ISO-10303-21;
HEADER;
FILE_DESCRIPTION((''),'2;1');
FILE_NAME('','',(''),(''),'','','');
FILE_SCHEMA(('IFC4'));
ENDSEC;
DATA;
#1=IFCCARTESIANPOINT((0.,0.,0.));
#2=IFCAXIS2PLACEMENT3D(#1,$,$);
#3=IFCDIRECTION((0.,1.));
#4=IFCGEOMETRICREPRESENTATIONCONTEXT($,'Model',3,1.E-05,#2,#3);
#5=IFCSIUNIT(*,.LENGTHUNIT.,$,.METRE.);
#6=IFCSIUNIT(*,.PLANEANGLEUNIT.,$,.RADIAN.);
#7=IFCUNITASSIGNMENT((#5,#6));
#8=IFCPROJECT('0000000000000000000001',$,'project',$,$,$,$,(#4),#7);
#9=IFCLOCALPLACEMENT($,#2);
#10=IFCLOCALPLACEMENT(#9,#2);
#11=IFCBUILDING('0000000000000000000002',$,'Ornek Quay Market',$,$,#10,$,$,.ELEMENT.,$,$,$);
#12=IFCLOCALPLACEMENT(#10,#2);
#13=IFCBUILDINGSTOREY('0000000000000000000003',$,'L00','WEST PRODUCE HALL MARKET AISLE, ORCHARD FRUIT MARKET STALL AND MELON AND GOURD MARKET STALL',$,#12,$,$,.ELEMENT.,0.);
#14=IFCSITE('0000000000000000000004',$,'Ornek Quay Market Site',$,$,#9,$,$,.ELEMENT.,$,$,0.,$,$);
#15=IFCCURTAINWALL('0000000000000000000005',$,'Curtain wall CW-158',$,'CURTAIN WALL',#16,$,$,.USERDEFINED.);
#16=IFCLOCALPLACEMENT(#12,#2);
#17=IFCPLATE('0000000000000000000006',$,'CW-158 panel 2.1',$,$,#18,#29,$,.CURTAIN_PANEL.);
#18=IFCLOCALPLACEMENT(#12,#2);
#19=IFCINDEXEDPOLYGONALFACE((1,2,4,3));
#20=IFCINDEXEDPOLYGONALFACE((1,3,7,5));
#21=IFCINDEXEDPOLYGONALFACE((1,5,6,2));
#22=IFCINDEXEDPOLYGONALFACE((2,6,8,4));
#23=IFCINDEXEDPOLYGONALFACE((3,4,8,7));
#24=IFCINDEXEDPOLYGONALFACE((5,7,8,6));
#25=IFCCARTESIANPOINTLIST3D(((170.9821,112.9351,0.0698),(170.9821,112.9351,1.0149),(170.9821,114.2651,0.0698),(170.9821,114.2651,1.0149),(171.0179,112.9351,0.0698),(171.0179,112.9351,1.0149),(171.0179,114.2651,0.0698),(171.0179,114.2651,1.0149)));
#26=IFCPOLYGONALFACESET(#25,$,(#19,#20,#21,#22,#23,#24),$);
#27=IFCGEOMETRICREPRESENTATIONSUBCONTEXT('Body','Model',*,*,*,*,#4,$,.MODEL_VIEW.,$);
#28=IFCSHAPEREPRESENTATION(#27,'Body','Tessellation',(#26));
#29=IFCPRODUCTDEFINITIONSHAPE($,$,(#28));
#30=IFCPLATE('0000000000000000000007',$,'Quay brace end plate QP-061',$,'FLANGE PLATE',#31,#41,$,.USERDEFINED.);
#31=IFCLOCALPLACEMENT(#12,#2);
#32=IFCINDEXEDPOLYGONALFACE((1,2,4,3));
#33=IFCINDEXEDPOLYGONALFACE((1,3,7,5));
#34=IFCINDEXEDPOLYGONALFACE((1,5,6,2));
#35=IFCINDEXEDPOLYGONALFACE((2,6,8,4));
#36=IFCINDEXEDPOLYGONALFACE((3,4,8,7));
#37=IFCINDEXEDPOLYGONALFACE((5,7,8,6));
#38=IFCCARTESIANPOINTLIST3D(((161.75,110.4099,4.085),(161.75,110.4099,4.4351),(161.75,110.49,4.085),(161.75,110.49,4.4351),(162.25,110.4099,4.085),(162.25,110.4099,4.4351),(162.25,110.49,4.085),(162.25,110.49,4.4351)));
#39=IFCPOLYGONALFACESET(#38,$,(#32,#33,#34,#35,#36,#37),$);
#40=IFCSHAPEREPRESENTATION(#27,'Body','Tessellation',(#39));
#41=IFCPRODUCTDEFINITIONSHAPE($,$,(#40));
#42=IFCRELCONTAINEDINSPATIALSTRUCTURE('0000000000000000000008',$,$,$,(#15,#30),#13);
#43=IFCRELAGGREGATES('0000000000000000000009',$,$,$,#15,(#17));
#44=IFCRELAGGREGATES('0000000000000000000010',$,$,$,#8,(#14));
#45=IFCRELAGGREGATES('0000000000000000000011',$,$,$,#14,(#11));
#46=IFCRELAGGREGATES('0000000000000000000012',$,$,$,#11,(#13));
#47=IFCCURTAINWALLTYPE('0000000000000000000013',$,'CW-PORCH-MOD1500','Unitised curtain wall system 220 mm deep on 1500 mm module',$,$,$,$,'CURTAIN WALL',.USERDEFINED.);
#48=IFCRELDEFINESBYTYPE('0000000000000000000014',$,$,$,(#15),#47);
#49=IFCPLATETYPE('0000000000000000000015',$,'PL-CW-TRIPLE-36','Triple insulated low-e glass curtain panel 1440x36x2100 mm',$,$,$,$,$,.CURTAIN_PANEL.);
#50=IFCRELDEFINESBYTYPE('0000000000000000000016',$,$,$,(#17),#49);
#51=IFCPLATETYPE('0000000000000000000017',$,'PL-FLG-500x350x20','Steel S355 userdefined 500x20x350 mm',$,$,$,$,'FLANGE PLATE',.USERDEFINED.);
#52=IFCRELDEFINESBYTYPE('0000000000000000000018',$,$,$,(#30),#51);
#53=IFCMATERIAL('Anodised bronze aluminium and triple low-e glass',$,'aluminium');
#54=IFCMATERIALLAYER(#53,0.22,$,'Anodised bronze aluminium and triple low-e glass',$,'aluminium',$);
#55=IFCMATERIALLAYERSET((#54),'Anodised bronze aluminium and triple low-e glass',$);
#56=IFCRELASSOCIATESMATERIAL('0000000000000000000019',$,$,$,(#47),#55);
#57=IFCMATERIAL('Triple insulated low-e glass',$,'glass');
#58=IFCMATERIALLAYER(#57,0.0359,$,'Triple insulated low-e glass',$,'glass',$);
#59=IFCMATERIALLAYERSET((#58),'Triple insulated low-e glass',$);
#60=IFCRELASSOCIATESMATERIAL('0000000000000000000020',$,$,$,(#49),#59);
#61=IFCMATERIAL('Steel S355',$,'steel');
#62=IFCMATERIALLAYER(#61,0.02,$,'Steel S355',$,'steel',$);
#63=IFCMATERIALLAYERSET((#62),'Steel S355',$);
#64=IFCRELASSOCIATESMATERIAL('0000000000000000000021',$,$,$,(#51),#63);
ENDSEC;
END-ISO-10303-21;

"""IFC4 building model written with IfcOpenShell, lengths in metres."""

from ifc_helpers import new_model, si_unit, direction, frame, origin, origin_2d, place, context, subcontext, project, spatial, rectangle, extrude, material, layer, layer_set, type_object, element, aggregate, save


model = new_model("IFC4")

# Units and contexts
model_context = context("Model", 3, precision=1e-05, world=origin(), true_north=direction((0.0, 1.0)))
body_context = subcontext(model_context, "Body", "Model", "MODEL_VIEW")
ifc_project = project(units=[si_unit("LENGTHUNIT", "METRE"), si_unit("PLANEANGLEUNIT", "RADIAN")], contexts=[model_context])

# Site, building, storey
site_placement = place(None, origin())
site = spatial("IfcSite", under=ifc_project, at=site_placement, Name="Ornek Quay Market Site", CompositionType="ELEMENT", RefElevation=0.0)
building_placement = place(site_placement, origin())
building = spatial("IfcBuilding", under=site, at=building_placement, Name="Ornek Quay Market", CompositionType="ELEMENT")
storey_placement = place(building_placement, origin())
storey = spatial("IfcBuildingStorey", under=building, at=storey_placement, Name="L00", Description="WEST PRODUCE HALL MARKET AISLE, ORCHARD FRUIT MARKET STALL AND MELON AND GOURD MARKET STALL", CompositionType="ELEMENT", Elevation=0.0)

# Shared definitions
ifc_material_1 = material(Name="Steel S355", Category="steel")

# Curtain wall
ifc_material_2 = material(Name="Anodised bronze aluminium and triple low-e glass", Category="aluminium")
ifc_layer_1 = layer(ifc_material_2, 0.22, Name="Anodised bronze aluminium and triple low-e glass", Category="aluminium")
ifc_layer_set_1 = layer_set([ifc_layer_1], Name="Anodised bronze aluminium and triple low-e glass")
curtain_wall_type = type_object("IfcCurtainWallType", Name="CW-PORCH-MOD1500", Description="Unitised curtain wall system 220 mm deep on 1500 mm module", ElementType="CURTAIN WALL", PredefinedType="USERDEFINED", material=ifc_layer_set_1)
curtain_wall_1_placement = place(storey_placement, origin())
curtain_wall_1 = element("IfcCurtainWall", 1, at=curtain_wall_1_placement, inside=storey, type_object=curtain_wall_type, Name="Curtain wall CW-158", ObjectType="CURTAIN WALL", PredefinedType="USERDEFINED")

# Plates
ifc_material_3 = material(Name="Triple insulated low-e glass", Category="glass")
ifc_layer_2 = layer(ifc_material_3, 0.0359, Name="Triple insulated low-e glass", Category="glass")
ifc_layer_set_2 = layer_set([ifc_layer_2], Name="Triple insulated low-e glass")
plate_type_1 = type_object("IfcPlateType", Name="PL-CW-TRIPLE-36", Description="Triple insulated low-e glass curtain panel 1440x36x2100 mm", PredefinedType="CURTAIN_PANEL", material=ifc_layer_set_2)
plate_1_placement = place(storey_placement, frame((171.0, 113.6001, 0.0698), z_axis=(0.0, 0.0, 1.0), x_axis=(0.0, 1.0, 0.0)))
plate_1 = element("IfcPlate", 2, at=plate_1_placement, type_object=plate_type_1, Name="CW-158 panel 2.1", PredefinedType="CURTAIN_PANEL", context=body_context, shape_type="SweptSolid", body=[
    extrude(rectangle(XDim=1.3301, YDim=0.0359, at=origin_2d()), origin(), (0.0, 0.0, 1.0), 0.9451),
])
aggregate(curtain_wall_1, [plate_1])
ifc_layer_3 = layer(ifc_material_1, 0.02, Name="Steel S355", Category="steel")
ifc_layer_set_3 = layer_set([ifc_layer_3], Name="Steel S355")
plate_type_2 = type_object("IfcPlateType", Name="PL-FLG-500x350x20", Description="Steel S355 userdefined 500x20x350 mm", ElementType="FLANGE PLATE", PredefinedType="USERDEFINED", material=ifc_layer_set_3)
plate_2_placement = place(storey_placement, frame((162.0, 110.45, 4.085), z_axis=(0.0, 0.0, 1.0), x_axis=(1.0, 0.0, 0.0)))
element("IfcPlate", 3, at=plate_2_placement, inside=storey, type_object=plate_type_2, Name="Quay brace end plate QP-061", ObjectType="FLANGE PLATE", PredefinedType="USERDEFINED", context=body_context, shape_type="SweptSolid", body=[
    extrude(rectangle(XDim=0.5, YDim=0.0801, at=origin_2d()), origin(), (0.0, 0.0, 1.0), 0.3501),
])

save(model, "model.ifc")
